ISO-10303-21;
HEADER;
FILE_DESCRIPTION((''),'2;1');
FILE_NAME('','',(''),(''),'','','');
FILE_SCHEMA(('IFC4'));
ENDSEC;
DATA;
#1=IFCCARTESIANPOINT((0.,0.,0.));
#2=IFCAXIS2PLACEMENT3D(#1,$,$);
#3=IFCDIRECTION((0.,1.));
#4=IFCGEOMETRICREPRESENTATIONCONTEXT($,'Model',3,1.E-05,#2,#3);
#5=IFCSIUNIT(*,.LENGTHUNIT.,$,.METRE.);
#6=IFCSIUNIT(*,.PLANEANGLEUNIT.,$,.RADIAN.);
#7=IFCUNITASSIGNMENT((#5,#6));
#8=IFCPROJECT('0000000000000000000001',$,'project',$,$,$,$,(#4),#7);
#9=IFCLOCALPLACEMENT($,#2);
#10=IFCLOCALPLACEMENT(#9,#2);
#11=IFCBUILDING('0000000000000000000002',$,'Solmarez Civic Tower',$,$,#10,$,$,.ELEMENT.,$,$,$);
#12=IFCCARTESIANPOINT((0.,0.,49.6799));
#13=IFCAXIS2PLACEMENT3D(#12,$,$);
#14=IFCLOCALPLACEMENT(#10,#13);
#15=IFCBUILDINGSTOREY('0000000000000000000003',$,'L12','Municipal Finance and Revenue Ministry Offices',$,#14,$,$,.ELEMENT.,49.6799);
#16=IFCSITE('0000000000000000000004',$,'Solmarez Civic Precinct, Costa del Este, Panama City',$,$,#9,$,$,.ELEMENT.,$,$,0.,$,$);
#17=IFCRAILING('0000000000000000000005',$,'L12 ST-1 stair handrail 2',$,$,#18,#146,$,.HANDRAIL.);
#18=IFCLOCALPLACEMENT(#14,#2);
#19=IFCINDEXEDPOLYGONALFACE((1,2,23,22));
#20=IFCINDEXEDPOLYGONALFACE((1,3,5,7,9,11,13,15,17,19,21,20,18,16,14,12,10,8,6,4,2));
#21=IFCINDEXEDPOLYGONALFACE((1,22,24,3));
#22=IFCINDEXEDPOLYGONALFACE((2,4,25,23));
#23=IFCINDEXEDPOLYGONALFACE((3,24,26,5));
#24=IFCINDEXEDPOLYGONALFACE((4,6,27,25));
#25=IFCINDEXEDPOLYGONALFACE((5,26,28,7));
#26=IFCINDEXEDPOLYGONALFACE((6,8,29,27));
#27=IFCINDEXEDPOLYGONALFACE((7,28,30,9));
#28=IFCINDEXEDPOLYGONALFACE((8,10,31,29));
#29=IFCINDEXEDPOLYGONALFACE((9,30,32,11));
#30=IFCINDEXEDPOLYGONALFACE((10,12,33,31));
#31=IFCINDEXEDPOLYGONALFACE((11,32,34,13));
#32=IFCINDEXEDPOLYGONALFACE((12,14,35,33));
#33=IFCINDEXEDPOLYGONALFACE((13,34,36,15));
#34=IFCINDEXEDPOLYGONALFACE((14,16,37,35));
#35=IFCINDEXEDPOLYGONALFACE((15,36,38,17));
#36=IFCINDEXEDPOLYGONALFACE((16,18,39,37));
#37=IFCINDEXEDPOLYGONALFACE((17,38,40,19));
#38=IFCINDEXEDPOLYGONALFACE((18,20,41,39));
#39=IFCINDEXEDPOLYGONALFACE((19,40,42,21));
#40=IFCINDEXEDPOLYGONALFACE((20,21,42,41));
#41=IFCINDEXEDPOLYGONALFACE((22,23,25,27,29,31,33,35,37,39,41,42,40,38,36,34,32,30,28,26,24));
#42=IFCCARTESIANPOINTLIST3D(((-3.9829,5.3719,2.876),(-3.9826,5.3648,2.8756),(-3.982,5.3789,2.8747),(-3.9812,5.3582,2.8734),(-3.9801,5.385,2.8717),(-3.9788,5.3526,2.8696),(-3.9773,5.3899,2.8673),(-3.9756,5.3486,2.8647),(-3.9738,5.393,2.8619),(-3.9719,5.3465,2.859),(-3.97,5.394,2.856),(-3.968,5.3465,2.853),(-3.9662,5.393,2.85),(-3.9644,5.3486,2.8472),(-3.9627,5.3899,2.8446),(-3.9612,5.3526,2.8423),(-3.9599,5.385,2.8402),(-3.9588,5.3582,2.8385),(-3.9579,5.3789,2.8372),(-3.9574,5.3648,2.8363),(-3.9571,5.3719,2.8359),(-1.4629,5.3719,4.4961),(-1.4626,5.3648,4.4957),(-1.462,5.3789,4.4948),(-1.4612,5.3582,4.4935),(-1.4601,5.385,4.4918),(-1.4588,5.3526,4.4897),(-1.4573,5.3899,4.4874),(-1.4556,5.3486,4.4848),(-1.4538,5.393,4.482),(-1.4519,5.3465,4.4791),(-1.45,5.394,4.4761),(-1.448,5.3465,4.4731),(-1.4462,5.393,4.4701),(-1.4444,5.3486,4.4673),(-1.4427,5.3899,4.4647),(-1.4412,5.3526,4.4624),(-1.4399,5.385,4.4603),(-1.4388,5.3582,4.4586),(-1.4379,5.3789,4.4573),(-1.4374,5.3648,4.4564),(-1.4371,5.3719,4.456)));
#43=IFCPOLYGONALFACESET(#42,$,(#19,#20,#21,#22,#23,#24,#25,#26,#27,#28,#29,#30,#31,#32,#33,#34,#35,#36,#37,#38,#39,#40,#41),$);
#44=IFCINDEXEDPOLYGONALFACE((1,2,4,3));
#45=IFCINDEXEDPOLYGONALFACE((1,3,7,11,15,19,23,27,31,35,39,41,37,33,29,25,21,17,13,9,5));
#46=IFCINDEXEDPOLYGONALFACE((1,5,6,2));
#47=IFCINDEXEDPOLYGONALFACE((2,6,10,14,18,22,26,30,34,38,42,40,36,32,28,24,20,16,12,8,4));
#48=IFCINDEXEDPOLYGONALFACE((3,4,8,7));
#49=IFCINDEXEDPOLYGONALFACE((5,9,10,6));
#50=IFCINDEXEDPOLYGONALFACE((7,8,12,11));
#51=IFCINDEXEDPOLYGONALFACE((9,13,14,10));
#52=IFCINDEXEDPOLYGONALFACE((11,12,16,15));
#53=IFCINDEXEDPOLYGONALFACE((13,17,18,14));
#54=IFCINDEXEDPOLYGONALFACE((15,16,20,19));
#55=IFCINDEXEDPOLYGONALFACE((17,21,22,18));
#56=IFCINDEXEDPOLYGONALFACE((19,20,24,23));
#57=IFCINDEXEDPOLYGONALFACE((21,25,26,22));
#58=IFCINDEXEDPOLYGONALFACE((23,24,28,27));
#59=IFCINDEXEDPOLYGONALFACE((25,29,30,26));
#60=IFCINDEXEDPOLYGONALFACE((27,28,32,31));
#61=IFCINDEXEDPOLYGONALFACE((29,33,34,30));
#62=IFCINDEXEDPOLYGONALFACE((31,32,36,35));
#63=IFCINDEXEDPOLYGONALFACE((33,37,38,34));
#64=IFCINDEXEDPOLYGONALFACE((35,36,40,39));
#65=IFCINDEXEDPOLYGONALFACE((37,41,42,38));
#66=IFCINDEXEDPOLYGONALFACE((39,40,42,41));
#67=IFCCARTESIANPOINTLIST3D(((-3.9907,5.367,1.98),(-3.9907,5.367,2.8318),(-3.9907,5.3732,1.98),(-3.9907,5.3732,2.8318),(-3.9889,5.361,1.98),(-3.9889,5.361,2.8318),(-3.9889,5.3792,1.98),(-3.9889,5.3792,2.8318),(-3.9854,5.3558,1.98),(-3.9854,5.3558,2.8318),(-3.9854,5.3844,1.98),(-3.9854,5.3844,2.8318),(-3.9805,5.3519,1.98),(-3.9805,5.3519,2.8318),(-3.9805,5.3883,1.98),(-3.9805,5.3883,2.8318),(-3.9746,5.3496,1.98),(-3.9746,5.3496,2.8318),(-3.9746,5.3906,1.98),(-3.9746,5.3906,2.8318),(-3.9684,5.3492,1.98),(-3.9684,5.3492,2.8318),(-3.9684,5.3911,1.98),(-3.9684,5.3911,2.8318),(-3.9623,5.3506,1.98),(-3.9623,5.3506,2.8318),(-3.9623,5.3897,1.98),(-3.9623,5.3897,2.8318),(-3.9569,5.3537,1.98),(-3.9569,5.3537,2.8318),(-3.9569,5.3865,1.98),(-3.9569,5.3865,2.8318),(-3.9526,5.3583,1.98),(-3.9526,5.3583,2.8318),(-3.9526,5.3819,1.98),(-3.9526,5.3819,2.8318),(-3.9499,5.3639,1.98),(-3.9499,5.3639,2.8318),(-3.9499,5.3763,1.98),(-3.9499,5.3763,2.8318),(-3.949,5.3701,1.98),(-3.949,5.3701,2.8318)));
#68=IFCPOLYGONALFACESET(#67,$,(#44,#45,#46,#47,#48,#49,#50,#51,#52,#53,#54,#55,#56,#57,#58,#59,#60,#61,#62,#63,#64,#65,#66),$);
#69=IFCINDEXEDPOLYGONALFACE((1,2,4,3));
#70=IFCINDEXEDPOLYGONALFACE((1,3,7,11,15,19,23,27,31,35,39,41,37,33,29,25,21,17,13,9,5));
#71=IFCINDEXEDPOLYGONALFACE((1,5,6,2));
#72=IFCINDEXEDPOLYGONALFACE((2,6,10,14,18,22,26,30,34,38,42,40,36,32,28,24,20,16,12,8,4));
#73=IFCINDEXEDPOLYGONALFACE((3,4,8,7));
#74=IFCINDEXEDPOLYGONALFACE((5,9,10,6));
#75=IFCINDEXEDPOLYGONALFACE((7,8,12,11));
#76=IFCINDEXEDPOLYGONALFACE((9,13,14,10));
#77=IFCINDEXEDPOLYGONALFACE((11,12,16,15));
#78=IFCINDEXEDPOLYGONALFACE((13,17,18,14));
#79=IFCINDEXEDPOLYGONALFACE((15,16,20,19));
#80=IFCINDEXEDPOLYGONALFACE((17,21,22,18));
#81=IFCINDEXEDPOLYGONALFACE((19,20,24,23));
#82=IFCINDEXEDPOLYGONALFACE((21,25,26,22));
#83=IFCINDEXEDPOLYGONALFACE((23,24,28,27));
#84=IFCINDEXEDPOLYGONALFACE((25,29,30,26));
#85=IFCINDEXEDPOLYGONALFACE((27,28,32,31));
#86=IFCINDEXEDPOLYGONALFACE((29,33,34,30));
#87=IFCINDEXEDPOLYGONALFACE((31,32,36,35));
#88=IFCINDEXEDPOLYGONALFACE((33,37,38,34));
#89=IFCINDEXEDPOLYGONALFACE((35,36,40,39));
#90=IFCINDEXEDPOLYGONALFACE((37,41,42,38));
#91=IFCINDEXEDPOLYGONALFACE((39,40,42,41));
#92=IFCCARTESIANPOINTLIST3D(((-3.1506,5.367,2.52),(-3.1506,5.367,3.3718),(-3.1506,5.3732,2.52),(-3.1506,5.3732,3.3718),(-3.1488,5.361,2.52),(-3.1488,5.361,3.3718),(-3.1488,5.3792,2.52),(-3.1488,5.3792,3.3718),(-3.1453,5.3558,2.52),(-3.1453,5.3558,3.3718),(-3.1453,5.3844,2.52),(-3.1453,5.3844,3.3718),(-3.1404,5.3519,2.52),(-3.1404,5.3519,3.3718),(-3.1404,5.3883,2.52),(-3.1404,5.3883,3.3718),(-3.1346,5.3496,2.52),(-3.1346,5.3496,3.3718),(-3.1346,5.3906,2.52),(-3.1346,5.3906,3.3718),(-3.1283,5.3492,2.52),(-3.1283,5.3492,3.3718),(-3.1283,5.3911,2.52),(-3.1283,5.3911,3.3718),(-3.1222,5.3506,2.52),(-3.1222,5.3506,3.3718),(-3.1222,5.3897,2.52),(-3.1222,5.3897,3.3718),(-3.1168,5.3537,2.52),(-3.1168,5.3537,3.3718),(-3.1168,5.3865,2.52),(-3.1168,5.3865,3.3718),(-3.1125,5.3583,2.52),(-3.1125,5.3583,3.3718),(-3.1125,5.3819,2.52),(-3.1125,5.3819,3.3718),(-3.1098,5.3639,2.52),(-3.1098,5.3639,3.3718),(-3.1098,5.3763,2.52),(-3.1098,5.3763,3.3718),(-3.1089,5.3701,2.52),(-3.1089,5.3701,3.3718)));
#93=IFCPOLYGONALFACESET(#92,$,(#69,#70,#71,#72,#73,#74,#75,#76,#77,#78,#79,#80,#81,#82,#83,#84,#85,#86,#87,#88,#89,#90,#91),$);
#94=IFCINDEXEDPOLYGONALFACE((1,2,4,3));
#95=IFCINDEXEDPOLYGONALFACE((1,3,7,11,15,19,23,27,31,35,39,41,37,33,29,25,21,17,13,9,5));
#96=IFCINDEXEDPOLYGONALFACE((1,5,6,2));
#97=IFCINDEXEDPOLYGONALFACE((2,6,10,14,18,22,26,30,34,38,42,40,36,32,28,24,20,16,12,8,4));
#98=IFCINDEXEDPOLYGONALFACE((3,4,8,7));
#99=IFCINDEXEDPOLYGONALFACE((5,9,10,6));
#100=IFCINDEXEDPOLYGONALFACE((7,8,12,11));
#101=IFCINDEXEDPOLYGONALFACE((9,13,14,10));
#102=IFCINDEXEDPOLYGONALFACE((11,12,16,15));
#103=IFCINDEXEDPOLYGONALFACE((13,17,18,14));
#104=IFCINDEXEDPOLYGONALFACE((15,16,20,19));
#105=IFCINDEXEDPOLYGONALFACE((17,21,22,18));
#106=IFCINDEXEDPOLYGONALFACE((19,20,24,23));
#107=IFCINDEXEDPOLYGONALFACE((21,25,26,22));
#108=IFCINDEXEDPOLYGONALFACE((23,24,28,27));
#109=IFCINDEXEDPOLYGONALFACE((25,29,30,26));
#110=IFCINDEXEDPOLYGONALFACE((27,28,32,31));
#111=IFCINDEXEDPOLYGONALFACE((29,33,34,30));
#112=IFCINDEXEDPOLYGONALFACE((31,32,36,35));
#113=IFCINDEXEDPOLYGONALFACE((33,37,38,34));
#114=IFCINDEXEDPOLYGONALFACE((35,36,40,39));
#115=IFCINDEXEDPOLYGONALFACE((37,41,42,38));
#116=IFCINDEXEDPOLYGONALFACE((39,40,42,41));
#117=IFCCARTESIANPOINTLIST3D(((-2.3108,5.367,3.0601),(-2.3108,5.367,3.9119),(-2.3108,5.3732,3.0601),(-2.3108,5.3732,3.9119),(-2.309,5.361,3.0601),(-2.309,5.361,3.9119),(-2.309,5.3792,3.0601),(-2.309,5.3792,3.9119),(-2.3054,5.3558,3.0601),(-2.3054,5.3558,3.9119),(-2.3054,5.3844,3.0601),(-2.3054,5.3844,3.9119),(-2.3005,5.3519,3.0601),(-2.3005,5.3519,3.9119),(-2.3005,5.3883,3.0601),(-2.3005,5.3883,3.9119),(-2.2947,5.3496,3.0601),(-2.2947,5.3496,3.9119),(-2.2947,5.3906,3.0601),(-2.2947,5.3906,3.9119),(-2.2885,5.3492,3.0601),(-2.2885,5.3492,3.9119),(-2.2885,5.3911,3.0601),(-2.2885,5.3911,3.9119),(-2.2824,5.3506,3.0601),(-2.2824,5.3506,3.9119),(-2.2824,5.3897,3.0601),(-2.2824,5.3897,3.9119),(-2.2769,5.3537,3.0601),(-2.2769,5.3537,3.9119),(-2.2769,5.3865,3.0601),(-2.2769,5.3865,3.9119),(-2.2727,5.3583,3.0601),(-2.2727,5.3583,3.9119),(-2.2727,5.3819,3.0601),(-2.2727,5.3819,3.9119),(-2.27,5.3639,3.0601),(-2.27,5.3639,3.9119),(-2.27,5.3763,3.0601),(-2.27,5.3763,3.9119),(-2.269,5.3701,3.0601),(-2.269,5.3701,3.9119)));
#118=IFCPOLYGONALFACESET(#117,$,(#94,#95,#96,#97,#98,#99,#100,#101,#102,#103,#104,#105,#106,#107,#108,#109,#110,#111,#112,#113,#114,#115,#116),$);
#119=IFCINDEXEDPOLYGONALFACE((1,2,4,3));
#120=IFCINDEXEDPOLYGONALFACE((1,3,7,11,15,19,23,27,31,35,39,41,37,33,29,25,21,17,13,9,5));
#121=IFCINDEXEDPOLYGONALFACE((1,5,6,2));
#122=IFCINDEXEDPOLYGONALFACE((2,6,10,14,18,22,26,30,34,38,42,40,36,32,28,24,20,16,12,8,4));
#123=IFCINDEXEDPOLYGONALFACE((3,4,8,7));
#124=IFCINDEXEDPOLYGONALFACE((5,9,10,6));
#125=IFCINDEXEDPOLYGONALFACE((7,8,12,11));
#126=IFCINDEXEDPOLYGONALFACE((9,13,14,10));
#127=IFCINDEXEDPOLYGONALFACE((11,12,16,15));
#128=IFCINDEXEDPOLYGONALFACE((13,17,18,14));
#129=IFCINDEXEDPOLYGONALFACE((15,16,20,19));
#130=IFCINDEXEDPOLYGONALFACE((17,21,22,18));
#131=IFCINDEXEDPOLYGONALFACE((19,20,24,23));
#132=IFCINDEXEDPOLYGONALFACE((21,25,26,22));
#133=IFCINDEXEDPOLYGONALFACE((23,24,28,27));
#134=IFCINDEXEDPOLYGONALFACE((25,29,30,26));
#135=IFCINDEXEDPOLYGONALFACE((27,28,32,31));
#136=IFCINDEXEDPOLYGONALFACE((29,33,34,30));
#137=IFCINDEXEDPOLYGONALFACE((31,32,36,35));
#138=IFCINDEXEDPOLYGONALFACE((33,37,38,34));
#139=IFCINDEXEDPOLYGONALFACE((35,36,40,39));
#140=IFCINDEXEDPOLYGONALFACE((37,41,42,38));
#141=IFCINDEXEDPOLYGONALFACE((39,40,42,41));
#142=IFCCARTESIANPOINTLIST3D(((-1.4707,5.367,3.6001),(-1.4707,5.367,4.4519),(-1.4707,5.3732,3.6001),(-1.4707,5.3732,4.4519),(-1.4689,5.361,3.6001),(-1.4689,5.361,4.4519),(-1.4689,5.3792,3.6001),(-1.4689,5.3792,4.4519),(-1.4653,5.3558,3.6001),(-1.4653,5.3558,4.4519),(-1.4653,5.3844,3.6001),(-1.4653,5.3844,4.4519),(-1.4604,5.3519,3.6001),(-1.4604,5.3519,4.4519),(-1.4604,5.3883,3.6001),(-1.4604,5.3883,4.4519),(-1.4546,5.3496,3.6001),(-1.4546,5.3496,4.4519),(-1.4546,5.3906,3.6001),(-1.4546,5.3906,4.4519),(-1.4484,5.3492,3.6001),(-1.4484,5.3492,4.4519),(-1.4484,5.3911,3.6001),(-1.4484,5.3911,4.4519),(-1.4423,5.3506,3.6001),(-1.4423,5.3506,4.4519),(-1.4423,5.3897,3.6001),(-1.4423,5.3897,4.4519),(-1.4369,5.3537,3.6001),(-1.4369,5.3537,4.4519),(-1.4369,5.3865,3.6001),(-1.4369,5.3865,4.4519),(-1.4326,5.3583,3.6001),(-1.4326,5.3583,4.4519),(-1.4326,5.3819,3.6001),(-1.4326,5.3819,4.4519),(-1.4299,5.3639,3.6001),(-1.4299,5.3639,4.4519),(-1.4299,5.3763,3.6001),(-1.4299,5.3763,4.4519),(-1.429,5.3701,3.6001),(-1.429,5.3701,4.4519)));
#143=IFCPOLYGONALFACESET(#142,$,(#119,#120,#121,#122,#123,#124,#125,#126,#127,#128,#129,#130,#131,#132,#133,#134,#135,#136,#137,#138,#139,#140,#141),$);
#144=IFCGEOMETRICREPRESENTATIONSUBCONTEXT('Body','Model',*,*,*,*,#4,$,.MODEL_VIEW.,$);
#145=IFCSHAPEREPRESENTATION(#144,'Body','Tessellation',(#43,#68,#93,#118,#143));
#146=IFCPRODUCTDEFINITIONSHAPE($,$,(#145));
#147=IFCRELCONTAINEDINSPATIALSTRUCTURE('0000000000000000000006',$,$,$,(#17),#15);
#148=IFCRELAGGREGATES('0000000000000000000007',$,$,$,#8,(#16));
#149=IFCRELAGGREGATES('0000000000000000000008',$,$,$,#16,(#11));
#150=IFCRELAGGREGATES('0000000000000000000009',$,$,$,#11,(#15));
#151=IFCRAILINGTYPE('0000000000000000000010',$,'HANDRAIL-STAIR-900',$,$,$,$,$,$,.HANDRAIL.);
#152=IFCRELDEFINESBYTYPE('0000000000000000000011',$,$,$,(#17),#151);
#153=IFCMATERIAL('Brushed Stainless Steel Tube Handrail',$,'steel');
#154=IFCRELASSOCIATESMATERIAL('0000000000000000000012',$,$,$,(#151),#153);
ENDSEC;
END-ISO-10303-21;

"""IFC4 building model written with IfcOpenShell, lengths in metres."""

from ifc_helpers import new_model, si_unit, direction, frame, origin, origin_2d, place, context, subcontext, project, spatial, circle, extrude, material, type_object, element, save


model = new_model("IFC4")

# Units and contexts
model_context = context("Model", 3, precision=1e-05, world=origin(), true_north=direction((0.0, 1.0)))
body_context = subcontext(model_context, "Body", "Model", "MODEL_VIEW")
ifc_project = project(units=[si_unit("LENGTHUNIT", "METRE"), si_unit("PLANEANGLEUNIT", "RADIAN")], contexts=[model_context])

# Site, building, storey
site_placement = place(None, origin())
site = spatial("IfcSite", under=ifc_project, at=site_placement, Name="Solmarez Civic Precinct, Costa del Este, Panama City", CompositionType="ELEMENT", RefElevation=0.0)
building_placement = place(site_placement, origin())
building = spatial("IfcBuilding", under=site, at=building_placement, Name="Solmarez Civic Tower", CompositionType="ELEMENT")
storey_placement = place(building_placement, frame((0.0, 0.0, 49.6799)))
storey = spatial("IfcBuildingStorey", under=building, at=storey_placement, Name="L12", Description="Municipal Finance and Revenue Ministry Offices", CompositionType="ELEMENT", Elevation=49.6799)

# Railing
ifc_material_1 = material(Name="Brushed Stainless Steel Tube Handrail", Category="steel")
railing_type_1 = type_object("IfcRailingType", Name="HANDRAIL-STAIR-900", PredefinedType="HANDRAIL", material=ifc_material_1)
railing_1_placement = place(storey_placement, frame((-3.97, 5.3701, 1.98)))
element("IfcRailing", 1, at=railing_1_placement, inside=storey, type_object=railing_type_1, Name="L12 ST-1 stair handrail 2", PredefinedType="HANDRAIL", context=body_context, shape_type="SweptSolid", body=[
    extrude(circle(Radius=0.0239, at=origin_2d()), frame((0.0, 0.0, 0.876), z_axis=(0.841163, 0.0, 0.540782), x_axis=(0.0, 1.0, 0.0)), (0.0, 0.0, 1.0), 2.9958),
    extrude(circle(Radius=0.021, at=origin_2d()), origin(), (0.0, 0.0, 1.0), 0.8518),
    extrude(circle(Radius=0.021, at=origin_2d()), frame((0.8401, 0.0, 0.54)), (0.0, 0.0, 1.0), 0.8518),
    extrude(circle(Radius=0.021, at=origin_2d()), frame((1.6799, 0.0, 1.0801)), (0.0, 0.0, 1.0), 0.8518),
    extrude(circle(Radius=0.021, at=origin_2d()), frame((2.52, 0.0, 1.6201)), (0.0, 0.0, 1.0), 0.8518),
])

save(model, "model.ifc")
